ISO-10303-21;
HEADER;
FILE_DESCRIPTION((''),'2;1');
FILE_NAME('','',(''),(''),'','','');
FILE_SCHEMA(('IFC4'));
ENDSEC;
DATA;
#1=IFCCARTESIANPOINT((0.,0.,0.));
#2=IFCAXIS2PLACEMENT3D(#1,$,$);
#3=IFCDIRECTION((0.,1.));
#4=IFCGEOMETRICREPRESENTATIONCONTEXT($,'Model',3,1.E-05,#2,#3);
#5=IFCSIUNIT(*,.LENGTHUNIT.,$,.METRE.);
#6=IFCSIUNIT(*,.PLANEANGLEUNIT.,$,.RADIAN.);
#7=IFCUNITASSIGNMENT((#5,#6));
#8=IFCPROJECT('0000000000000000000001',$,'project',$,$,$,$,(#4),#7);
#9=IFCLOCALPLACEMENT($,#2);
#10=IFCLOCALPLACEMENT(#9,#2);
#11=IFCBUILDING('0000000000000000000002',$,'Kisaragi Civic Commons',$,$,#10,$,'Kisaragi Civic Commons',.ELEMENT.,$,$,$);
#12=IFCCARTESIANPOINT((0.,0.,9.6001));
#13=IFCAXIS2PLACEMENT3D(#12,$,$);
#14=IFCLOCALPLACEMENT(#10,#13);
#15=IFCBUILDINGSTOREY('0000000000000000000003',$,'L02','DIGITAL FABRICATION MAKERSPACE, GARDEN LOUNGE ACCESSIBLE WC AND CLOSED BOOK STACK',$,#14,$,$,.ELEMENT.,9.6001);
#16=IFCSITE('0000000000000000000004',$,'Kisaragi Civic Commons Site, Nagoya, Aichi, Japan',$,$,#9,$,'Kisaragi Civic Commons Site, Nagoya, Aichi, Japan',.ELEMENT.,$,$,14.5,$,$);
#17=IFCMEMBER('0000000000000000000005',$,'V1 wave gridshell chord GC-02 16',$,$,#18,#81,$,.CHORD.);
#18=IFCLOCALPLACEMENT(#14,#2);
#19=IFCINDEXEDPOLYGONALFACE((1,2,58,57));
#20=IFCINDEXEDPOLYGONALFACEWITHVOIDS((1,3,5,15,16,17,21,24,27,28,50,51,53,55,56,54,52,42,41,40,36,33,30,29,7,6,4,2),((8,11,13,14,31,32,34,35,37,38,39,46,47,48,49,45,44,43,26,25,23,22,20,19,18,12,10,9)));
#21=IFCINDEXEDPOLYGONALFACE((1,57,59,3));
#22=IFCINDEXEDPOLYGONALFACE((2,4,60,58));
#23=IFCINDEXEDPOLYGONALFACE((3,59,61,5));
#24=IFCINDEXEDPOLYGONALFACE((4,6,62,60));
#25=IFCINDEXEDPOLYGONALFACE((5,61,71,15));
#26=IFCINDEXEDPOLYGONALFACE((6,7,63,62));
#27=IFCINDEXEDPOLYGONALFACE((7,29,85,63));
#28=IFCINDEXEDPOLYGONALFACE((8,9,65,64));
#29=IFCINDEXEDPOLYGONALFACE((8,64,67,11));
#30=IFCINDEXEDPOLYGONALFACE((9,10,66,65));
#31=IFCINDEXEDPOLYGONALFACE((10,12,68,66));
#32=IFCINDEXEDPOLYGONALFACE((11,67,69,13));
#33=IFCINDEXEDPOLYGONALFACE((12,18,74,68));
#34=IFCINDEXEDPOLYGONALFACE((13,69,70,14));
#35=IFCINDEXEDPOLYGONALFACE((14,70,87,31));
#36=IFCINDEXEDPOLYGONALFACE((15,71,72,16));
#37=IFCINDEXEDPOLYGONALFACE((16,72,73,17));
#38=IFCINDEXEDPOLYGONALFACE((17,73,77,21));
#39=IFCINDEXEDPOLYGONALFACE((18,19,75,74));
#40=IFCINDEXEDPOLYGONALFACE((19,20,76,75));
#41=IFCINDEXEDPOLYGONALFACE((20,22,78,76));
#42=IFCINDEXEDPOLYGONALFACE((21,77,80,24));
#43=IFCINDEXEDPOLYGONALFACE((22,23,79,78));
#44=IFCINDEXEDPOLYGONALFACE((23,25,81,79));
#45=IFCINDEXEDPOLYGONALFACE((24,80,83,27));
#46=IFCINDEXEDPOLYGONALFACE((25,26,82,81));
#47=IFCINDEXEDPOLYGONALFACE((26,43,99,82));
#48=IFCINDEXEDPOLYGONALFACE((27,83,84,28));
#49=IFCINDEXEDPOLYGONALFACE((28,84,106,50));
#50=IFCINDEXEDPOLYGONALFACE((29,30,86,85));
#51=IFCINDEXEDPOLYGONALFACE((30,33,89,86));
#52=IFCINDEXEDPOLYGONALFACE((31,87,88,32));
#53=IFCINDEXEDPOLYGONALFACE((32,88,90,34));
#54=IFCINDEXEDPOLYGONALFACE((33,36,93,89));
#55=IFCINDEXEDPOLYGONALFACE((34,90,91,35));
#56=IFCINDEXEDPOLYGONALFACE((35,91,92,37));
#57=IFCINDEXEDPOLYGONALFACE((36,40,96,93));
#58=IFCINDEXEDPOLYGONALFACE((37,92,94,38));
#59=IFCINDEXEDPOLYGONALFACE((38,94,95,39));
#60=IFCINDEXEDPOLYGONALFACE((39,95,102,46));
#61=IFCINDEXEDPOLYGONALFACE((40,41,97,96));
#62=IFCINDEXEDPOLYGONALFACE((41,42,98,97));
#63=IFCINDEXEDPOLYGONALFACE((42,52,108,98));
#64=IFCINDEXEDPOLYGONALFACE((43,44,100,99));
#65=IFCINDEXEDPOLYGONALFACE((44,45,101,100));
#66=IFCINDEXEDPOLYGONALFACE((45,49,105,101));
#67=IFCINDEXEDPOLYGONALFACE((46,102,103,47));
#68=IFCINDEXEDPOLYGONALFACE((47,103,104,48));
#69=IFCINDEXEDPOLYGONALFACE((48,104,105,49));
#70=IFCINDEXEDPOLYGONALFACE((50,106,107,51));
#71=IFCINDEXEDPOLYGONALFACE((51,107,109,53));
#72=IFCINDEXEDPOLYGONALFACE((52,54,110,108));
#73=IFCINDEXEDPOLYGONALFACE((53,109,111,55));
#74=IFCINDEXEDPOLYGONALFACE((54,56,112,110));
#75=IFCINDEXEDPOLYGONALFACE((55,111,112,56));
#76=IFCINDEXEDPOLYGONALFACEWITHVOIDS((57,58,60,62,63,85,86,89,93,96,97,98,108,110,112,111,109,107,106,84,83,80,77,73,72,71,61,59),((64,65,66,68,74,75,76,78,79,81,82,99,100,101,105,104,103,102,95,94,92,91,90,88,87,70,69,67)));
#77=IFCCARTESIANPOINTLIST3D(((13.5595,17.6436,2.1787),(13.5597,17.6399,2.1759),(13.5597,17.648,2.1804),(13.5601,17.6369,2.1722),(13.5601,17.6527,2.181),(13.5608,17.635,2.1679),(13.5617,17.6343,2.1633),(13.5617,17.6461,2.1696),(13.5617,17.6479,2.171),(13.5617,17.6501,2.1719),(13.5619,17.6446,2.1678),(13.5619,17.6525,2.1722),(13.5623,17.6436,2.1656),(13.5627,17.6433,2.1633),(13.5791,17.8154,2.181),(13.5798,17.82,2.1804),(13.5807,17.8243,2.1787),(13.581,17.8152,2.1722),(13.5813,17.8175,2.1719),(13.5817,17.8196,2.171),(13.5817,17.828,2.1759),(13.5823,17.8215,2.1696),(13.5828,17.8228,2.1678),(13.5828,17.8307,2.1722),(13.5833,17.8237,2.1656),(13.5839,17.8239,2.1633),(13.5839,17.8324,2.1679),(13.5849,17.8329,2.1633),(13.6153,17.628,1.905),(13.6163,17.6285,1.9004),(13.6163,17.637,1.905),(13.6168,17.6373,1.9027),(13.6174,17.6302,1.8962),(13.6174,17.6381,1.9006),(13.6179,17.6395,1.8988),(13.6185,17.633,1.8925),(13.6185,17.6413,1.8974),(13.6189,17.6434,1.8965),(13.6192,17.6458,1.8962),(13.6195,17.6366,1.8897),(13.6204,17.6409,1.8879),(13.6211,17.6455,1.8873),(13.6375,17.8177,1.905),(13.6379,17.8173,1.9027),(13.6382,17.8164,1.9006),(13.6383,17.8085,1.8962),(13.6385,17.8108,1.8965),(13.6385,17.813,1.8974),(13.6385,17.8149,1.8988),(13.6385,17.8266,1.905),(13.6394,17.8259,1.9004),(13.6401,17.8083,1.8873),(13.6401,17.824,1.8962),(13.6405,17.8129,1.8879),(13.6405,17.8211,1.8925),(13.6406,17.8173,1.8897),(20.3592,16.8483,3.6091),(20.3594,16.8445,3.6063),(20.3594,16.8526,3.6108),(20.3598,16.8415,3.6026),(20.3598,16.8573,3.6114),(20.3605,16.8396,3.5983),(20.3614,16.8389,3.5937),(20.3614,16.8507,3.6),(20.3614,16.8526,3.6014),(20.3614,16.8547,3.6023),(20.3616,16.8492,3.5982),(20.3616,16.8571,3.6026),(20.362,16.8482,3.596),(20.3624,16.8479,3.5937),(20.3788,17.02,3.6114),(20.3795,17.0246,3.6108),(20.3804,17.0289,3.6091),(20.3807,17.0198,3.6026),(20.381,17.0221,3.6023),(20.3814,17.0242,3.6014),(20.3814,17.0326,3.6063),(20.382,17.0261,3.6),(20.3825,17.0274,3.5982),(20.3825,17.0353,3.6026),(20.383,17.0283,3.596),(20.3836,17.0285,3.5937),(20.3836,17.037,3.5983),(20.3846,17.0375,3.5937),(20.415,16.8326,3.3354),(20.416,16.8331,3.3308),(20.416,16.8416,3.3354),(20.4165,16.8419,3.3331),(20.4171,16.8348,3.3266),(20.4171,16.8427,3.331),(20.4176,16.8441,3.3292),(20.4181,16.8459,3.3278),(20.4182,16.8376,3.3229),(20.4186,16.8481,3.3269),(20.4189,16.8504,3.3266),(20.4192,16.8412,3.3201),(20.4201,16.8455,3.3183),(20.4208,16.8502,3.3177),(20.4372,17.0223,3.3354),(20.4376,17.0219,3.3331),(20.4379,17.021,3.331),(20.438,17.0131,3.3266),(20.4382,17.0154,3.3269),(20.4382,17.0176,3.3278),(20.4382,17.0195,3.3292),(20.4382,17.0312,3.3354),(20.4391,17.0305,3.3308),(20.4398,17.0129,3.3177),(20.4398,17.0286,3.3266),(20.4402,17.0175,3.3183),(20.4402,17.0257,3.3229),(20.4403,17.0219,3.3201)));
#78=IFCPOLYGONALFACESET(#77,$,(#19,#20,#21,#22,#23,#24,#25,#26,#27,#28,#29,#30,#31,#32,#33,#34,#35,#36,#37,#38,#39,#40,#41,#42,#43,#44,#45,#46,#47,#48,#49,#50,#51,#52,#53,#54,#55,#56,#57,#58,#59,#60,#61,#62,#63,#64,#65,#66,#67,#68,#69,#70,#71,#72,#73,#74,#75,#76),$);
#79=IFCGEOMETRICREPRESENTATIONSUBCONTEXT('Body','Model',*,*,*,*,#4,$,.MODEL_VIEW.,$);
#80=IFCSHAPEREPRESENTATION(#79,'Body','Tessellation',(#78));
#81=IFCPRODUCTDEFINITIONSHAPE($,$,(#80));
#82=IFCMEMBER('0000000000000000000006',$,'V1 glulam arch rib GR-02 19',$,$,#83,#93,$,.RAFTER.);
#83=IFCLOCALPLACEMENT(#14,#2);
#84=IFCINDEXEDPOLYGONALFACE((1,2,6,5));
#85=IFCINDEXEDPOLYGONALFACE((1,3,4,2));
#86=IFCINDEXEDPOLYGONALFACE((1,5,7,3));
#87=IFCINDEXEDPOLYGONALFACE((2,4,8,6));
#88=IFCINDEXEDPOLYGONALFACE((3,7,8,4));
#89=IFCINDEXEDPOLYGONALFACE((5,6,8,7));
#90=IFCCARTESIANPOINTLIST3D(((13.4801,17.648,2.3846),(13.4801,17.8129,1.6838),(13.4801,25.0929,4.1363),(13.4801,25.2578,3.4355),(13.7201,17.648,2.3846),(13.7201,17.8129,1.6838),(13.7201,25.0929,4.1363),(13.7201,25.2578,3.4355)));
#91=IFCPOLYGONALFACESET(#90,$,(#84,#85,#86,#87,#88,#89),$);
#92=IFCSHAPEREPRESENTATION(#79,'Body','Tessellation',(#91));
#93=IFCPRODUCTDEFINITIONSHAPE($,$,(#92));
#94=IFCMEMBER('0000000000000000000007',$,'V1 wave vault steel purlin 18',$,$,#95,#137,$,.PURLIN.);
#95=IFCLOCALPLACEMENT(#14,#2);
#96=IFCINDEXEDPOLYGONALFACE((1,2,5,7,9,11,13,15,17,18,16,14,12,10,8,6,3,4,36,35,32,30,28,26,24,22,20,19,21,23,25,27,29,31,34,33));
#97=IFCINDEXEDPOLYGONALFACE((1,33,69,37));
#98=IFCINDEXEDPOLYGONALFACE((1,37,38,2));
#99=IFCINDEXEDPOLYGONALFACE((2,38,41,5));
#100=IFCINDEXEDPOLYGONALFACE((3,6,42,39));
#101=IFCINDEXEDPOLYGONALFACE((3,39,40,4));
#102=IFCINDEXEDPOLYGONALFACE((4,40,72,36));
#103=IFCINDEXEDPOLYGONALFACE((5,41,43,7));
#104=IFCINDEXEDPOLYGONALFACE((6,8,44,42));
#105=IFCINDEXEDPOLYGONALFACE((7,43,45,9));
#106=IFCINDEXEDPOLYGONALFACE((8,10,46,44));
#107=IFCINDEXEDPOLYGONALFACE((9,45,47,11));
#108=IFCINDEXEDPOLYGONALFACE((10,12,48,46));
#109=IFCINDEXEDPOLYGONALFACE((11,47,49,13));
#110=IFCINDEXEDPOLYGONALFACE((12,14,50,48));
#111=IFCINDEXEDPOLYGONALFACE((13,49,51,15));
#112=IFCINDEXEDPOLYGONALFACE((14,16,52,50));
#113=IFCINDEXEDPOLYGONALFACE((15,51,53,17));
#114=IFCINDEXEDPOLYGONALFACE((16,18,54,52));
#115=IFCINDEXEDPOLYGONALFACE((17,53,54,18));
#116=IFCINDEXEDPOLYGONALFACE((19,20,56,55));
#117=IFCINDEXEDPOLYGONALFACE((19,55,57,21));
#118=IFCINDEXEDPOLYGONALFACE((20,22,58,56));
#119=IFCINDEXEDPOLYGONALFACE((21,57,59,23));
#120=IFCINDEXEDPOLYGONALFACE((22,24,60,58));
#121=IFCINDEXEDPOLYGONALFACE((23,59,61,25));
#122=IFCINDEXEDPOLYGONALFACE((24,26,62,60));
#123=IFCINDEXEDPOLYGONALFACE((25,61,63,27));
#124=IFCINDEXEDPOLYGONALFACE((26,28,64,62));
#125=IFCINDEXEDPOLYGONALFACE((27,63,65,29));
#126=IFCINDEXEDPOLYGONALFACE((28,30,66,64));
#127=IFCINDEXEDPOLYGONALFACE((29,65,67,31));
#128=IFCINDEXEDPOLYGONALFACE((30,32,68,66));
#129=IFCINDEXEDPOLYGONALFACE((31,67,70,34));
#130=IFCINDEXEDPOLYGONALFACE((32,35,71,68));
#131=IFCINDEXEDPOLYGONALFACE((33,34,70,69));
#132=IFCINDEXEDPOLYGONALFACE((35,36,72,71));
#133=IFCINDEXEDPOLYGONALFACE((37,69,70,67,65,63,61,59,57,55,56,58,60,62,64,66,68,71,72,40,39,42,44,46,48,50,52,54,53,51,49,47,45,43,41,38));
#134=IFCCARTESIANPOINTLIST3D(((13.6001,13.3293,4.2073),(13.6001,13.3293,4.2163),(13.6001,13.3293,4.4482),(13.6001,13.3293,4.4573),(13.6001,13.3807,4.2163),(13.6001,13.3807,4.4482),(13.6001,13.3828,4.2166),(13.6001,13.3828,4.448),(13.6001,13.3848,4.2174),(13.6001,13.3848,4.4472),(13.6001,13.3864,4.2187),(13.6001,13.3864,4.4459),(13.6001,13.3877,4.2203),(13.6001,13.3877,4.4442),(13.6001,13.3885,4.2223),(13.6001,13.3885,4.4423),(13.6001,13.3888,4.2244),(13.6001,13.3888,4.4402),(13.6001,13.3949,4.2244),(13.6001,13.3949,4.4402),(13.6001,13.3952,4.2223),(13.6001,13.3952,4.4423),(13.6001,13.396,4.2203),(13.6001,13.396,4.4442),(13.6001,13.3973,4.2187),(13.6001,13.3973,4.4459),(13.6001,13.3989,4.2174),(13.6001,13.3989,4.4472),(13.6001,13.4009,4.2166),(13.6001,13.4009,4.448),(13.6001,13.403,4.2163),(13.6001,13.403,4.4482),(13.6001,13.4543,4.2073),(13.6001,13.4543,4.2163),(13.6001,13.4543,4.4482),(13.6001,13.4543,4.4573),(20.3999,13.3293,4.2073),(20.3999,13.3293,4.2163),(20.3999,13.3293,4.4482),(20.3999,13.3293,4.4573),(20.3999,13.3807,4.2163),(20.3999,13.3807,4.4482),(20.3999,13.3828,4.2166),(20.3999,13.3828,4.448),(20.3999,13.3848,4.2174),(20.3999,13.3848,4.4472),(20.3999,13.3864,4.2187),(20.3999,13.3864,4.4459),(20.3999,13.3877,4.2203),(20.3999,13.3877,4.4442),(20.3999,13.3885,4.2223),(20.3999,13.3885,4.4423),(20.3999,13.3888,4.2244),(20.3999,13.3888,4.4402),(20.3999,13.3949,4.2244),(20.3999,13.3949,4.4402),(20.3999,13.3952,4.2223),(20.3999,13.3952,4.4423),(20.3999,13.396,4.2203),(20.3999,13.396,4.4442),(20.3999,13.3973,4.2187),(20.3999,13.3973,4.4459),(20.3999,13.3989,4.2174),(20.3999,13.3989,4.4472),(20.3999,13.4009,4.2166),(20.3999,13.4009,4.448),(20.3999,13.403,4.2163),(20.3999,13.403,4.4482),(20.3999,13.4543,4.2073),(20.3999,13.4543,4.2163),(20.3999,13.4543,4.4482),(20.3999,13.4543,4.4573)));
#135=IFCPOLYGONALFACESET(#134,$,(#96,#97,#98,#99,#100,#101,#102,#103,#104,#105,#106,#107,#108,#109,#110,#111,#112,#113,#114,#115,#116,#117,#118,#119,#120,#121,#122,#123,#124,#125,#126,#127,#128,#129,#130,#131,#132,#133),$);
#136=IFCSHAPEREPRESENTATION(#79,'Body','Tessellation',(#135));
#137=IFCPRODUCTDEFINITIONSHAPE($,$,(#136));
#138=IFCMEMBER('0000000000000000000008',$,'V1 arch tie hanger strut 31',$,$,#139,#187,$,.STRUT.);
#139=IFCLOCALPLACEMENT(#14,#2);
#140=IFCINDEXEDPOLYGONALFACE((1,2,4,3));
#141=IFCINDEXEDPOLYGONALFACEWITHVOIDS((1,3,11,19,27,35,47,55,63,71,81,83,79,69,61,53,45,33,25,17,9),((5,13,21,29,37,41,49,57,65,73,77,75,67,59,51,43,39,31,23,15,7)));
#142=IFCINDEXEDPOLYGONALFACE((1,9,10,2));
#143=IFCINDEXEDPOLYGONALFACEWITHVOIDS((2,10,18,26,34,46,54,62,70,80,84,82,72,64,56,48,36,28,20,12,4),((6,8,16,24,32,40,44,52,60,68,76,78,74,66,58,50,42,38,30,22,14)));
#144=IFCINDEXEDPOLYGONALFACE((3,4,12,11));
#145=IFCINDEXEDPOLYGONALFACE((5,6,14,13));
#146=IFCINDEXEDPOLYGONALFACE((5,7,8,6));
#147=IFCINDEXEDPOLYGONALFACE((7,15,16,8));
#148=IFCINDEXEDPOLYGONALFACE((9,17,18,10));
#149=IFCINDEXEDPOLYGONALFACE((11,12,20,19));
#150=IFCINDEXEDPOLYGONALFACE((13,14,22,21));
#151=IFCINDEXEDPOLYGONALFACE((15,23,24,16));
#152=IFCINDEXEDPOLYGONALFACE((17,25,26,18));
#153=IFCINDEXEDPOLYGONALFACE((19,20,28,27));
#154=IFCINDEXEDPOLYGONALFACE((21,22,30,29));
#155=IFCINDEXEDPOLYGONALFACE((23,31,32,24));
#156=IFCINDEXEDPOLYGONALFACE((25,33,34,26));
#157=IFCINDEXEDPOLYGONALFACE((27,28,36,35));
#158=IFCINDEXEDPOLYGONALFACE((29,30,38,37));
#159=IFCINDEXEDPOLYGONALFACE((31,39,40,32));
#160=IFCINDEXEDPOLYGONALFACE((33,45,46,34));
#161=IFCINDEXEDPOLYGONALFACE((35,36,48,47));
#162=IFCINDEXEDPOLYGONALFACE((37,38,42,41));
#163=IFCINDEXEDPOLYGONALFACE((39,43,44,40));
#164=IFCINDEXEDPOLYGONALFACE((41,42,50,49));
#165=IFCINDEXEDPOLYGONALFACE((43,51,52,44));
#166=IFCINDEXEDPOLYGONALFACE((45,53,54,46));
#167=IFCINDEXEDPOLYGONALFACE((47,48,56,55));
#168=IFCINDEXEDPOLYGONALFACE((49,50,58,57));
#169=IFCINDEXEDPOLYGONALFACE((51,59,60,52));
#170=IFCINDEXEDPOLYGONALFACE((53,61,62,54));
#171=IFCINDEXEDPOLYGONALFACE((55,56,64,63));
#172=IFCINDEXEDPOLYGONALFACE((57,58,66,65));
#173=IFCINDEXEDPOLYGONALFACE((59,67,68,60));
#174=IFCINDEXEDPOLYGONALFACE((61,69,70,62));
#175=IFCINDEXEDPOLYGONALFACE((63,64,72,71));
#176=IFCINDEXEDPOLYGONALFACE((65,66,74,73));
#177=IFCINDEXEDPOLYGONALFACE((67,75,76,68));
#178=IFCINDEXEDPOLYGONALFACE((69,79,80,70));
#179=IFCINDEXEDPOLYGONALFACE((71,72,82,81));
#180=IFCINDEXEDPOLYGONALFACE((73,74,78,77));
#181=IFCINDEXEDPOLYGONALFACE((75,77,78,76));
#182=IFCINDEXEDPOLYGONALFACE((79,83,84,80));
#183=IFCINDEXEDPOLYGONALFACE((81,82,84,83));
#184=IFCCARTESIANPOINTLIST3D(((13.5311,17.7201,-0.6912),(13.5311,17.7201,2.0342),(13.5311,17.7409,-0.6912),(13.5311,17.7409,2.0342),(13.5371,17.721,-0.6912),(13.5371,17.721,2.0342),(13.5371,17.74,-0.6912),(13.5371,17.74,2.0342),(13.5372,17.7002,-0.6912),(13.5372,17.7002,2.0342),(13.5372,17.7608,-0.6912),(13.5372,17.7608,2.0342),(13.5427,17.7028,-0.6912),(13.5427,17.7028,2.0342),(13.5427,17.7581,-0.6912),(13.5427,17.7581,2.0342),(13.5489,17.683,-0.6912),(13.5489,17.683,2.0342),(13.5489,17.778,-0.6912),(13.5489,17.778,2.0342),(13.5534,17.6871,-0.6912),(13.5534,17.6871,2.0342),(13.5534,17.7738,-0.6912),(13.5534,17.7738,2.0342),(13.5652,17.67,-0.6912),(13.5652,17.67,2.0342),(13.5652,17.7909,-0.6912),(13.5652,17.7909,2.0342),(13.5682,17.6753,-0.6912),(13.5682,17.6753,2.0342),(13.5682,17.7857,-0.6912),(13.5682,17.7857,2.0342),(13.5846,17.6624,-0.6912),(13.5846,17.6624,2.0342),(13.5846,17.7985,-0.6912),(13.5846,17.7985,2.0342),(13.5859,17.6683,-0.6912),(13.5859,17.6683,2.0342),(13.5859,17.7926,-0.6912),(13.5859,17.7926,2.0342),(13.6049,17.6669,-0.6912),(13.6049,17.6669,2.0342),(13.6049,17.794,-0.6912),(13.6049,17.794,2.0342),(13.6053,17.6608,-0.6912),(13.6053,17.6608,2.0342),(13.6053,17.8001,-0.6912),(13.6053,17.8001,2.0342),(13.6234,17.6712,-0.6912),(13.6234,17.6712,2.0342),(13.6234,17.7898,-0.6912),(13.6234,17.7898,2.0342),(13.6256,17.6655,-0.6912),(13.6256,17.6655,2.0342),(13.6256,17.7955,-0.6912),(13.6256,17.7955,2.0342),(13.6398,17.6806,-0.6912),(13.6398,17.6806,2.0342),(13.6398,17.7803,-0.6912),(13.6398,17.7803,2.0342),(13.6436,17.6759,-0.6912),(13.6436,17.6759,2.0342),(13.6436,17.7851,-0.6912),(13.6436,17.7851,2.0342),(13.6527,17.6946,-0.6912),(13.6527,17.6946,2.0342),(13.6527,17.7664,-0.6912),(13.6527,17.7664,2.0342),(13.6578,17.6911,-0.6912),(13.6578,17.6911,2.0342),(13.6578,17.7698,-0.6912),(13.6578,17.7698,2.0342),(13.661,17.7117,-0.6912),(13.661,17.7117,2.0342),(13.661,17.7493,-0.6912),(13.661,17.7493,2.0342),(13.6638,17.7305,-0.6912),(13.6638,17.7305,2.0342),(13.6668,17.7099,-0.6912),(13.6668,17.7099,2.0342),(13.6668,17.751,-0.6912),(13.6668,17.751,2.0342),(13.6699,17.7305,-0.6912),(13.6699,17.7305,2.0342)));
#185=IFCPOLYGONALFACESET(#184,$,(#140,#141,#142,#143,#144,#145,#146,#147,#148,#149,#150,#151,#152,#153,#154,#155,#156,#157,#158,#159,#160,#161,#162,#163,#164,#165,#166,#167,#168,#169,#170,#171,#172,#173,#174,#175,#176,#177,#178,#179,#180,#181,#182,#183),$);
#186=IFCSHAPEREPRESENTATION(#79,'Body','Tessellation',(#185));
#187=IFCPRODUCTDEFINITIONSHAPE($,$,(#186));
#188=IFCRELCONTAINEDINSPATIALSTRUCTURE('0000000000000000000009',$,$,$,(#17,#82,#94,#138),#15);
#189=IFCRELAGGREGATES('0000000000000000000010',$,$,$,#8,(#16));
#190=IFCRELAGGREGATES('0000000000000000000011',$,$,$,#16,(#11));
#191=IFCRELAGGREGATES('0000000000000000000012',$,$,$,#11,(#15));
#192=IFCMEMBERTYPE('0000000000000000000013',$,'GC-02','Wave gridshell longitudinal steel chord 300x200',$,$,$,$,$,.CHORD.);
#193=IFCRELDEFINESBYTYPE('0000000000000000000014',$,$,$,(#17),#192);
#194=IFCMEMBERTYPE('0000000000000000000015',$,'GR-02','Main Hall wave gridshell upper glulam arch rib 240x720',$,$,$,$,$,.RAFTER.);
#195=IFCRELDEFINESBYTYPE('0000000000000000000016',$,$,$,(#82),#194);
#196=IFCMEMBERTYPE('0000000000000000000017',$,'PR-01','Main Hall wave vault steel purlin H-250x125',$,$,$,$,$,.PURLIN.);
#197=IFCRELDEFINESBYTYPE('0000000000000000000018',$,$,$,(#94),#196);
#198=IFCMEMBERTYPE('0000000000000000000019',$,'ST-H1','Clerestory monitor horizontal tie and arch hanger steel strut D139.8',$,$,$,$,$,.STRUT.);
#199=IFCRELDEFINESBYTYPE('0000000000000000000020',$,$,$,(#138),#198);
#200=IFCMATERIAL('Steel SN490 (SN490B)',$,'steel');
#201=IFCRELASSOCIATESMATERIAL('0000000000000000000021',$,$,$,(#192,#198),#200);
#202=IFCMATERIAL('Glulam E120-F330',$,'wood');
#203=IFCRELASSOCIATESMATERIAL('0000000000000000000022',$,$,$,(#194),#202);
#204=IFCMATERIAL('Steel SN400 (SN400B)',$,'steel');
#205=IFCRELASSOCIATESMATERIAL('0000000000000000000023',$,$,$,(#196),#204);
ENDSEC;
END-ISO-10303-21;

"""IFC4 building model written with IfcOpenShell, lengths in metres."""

from ifc_helpers import new_model, si_unit, direction, frame, origin, origin_2d, place, context, subcontext, project, spatial, rectangle, hollow_rectangle, hollow_circle, i_section, extrude, material, material_profile, profile_set, type_object, element, save


model = new_model("IFC4")

# Units and contexts
model_context = context("Model", 3, precision=1e-05, world=origin(), true_north=direction((0.0, 1.0)))
body_context = subcontext(model_context, "Body", "Model", "MODEL_VIEW")
ifc_project = project(units=[si_unit("LENGTHUNIT", "METRE"), si_unit("PLANEANGLEUNIT", "RADIAN")], contexts=[model_context])

# Site, building, storey
site_placement = place(None, origin())
site = spatial("IfcSite", under=ifc_project, at=site_placement, Name="Kisaragi Civic Commons Site, Nagoya, Aichi, Japan", LongName="Kisaragi Civic Commons Site, Nagoya, Aichi, Japan", CompositionType="ELEMENT", RefElevation=14.5)
building_placement = place(site_placement, origin())
building = spatial("IfcBuilding", under=site, at=building_placement, Name="Kisaragi Civic Commons", LongName="Kisaragi Civic Commons", CompositionType="ELEMENT")
storey_placement = place(building_placement, frame((0.0, 0.0, 9.6001)))
storey = spatial("IfcBuildingStorey", under=building, at=storey_placement, Name="L02", Description="DIGITAL FABRICATION MAKERSPACE, GARDEN LOUNGE ACCESSIBLE WC AND CLOSED BOOK STACK", CompositionType="ELEMENT", Elevation=9.6001)

# Shared definitions
ifc_material_1 = material(Name="Steel SN400 (SN400B)", Category="steel")

# Members
ifc_material_2 = material(Name="Steel SN490 (SN490B)", Category="steel")
ifc_material_profile_1 = material_profile(ifc_material_2, hollow_rectangle(XDim=0.2, YDim=0.3, WallThickness=0.009, InnerFilletRadius=0.009, OuterFilletRadius=0.0181, at=origin_2d()), Name="STKR-300x200x9", Category="steel")
ifc_profile_set_1 = profile_set([ifc_material_profile_1], Name="Steel SN490 (SN490B)")
member_type_1 = type_object("IfcMemberType", Name="GC-02", Description="Wave gridshell longitudinal steel chord 300x200", PredefinedType="CHORD", material=ifc_profile_set_1)
member_1_placement = place(storey_placement, frame((13.6001, 17.7305, 2.0342), z_axis=(0.972233, -0.113727, 0.204521), x_axis=(0.116183, 0.993228, 0.0)))
element("IfcMember", 1, at=member_1_placement, inside=storey, type_object=member_type_1, Name="V1 wave gridshell chord GC-02 16", PredefinedType="CHORD", context=body_context, shape_type="SweptSolid", body=[
    extrude(hollow_rectangle(XDim=0.2, YDim=0.3, WallThickness=0.009, InnerFilletRadius=0.009, OuterFilletRadius=0.0181, at=origin_2d()), origin(), (0.0, 0.0, 1.0), 6.9939),
])
ifc_material_3 = material(Name="Glulam E120-F330", Category="wood")
ifc_material_profile_2 = material_profile(ifc_material_3, rectangle(XDim=0.24, YDim=0.72, at=origin_2d()), Name="GL-240x720", Category="wood")
ifc_profile_set_2 = profile_set([ifc_material_profile_2], Name="Glulam E120-F330")
member_type_2 = type_object("IfcMemberType", Name="GR-02", Description="Main Hall wave gridshell upper glulam arch rib 240x720", PredefinedType="RAFTER", material=ifc_profile_set_2)
member_2_placement = place(storey_placement, frame((13.6001, 17.7305, 2.0342), z_axis=(0.0, 0.973418, 0.229038), x_axis=(-1.0, 0.0, 0.0)))
element("IfcMember", 2, at=member_2_placement, inside=storey, type_object=member_type_2, Name="V1 glulam arch rib GR-02 19", PredefinedType="RAFTER", context=body_context, shape_type="SweptSolid", body=[
    extrude(rectangle(XDim=0.24, YDim=0.72, at=origin_2d()), origin(), (0.0, 0.0, 1.0), 7.6482),
])
ifc_material_profile_3 = material_profile(ifc_material_1, i_section(OverallWidth=0.125, OverallDepth=0.25, WebThickness=0.0061, FlangeThickness=0.009, FilletRadius=0.0081, at=origin_2d()), Name="H-250x125x6x9", Category="steel")
ifc_profile_set_3 = profile_set([ifc_material_profile_3], Name="Steel SN400 (SN400B)")
member_type_3 = type_object("IfcMemberType", Name="PR-01", Description="Main Hall wave vault steel purlin H-250x125", PredefinedType="PURLIN", material=ifc_profile_set_3)
member_3_placement = place(storey_placement, frame((13.6001, 13.3918, 4.3323), z_axis=(1.0, 0.0, 0.0), x_axis=(0.0, 1.0, 0.0)))
element("IfcMember", 3, at=member_3_placement, inside=storey, type_object=member_type_3, Name="V1 wave vault steel purlin 18", PredefinedType="PURLIN", context=body_context, shape_type="SweptSolid", body=[
    extrude(i_section(OverallWidth=0.125, OverallDepth=0.25, WebThickness=0.0061, FlangeThickness=0.009, FilletRadius=0.0081, at=origin_2d()), origin(), (0.0, 0.0, 1.0), 6.7998),
])
ifc_material_profile_4 = material_profile(ifc_material_2, hollow_circle(Radius=0.0698, WallThickness=0.0061, at=origin_2d()), Name="CHS-139.8x6.0", Category="steel")
ifc_profile_set_4 = profile_set([ifc_material_profile_4], Name="Steel SN490 (SN490B)")
member_type_4 = type_object("IfcMemberType", Name="ST-H1", Description="Clerestory monitor horizontal tie and arch hanger steel strut D139.8", PredefinedType="STRUT", material=ifc_profile_set_4)
member_4_placement = place(storey_placement, frame((13.6001, 17.7305, -0.6912), z_axis=(0.0, 0.0, 1.0), x_axis=(1.0, 0.0, 0.0)))
element("IfcMember", 4, at=member_4_placement, inside=storey, type_object=member_type_4, Name="V1 arch tie hanger strut 31", PredefinedType="STRUT", context=body_context, shape_type="SweptSolid", body=[
    extrude(hollow_circle(Radius=0.0698, WallThickness=0.0061, at=origin_2d()), origin(), (0.0, 0.0, 1.0), 2.7253),
])

save(model, "model.ifc")
